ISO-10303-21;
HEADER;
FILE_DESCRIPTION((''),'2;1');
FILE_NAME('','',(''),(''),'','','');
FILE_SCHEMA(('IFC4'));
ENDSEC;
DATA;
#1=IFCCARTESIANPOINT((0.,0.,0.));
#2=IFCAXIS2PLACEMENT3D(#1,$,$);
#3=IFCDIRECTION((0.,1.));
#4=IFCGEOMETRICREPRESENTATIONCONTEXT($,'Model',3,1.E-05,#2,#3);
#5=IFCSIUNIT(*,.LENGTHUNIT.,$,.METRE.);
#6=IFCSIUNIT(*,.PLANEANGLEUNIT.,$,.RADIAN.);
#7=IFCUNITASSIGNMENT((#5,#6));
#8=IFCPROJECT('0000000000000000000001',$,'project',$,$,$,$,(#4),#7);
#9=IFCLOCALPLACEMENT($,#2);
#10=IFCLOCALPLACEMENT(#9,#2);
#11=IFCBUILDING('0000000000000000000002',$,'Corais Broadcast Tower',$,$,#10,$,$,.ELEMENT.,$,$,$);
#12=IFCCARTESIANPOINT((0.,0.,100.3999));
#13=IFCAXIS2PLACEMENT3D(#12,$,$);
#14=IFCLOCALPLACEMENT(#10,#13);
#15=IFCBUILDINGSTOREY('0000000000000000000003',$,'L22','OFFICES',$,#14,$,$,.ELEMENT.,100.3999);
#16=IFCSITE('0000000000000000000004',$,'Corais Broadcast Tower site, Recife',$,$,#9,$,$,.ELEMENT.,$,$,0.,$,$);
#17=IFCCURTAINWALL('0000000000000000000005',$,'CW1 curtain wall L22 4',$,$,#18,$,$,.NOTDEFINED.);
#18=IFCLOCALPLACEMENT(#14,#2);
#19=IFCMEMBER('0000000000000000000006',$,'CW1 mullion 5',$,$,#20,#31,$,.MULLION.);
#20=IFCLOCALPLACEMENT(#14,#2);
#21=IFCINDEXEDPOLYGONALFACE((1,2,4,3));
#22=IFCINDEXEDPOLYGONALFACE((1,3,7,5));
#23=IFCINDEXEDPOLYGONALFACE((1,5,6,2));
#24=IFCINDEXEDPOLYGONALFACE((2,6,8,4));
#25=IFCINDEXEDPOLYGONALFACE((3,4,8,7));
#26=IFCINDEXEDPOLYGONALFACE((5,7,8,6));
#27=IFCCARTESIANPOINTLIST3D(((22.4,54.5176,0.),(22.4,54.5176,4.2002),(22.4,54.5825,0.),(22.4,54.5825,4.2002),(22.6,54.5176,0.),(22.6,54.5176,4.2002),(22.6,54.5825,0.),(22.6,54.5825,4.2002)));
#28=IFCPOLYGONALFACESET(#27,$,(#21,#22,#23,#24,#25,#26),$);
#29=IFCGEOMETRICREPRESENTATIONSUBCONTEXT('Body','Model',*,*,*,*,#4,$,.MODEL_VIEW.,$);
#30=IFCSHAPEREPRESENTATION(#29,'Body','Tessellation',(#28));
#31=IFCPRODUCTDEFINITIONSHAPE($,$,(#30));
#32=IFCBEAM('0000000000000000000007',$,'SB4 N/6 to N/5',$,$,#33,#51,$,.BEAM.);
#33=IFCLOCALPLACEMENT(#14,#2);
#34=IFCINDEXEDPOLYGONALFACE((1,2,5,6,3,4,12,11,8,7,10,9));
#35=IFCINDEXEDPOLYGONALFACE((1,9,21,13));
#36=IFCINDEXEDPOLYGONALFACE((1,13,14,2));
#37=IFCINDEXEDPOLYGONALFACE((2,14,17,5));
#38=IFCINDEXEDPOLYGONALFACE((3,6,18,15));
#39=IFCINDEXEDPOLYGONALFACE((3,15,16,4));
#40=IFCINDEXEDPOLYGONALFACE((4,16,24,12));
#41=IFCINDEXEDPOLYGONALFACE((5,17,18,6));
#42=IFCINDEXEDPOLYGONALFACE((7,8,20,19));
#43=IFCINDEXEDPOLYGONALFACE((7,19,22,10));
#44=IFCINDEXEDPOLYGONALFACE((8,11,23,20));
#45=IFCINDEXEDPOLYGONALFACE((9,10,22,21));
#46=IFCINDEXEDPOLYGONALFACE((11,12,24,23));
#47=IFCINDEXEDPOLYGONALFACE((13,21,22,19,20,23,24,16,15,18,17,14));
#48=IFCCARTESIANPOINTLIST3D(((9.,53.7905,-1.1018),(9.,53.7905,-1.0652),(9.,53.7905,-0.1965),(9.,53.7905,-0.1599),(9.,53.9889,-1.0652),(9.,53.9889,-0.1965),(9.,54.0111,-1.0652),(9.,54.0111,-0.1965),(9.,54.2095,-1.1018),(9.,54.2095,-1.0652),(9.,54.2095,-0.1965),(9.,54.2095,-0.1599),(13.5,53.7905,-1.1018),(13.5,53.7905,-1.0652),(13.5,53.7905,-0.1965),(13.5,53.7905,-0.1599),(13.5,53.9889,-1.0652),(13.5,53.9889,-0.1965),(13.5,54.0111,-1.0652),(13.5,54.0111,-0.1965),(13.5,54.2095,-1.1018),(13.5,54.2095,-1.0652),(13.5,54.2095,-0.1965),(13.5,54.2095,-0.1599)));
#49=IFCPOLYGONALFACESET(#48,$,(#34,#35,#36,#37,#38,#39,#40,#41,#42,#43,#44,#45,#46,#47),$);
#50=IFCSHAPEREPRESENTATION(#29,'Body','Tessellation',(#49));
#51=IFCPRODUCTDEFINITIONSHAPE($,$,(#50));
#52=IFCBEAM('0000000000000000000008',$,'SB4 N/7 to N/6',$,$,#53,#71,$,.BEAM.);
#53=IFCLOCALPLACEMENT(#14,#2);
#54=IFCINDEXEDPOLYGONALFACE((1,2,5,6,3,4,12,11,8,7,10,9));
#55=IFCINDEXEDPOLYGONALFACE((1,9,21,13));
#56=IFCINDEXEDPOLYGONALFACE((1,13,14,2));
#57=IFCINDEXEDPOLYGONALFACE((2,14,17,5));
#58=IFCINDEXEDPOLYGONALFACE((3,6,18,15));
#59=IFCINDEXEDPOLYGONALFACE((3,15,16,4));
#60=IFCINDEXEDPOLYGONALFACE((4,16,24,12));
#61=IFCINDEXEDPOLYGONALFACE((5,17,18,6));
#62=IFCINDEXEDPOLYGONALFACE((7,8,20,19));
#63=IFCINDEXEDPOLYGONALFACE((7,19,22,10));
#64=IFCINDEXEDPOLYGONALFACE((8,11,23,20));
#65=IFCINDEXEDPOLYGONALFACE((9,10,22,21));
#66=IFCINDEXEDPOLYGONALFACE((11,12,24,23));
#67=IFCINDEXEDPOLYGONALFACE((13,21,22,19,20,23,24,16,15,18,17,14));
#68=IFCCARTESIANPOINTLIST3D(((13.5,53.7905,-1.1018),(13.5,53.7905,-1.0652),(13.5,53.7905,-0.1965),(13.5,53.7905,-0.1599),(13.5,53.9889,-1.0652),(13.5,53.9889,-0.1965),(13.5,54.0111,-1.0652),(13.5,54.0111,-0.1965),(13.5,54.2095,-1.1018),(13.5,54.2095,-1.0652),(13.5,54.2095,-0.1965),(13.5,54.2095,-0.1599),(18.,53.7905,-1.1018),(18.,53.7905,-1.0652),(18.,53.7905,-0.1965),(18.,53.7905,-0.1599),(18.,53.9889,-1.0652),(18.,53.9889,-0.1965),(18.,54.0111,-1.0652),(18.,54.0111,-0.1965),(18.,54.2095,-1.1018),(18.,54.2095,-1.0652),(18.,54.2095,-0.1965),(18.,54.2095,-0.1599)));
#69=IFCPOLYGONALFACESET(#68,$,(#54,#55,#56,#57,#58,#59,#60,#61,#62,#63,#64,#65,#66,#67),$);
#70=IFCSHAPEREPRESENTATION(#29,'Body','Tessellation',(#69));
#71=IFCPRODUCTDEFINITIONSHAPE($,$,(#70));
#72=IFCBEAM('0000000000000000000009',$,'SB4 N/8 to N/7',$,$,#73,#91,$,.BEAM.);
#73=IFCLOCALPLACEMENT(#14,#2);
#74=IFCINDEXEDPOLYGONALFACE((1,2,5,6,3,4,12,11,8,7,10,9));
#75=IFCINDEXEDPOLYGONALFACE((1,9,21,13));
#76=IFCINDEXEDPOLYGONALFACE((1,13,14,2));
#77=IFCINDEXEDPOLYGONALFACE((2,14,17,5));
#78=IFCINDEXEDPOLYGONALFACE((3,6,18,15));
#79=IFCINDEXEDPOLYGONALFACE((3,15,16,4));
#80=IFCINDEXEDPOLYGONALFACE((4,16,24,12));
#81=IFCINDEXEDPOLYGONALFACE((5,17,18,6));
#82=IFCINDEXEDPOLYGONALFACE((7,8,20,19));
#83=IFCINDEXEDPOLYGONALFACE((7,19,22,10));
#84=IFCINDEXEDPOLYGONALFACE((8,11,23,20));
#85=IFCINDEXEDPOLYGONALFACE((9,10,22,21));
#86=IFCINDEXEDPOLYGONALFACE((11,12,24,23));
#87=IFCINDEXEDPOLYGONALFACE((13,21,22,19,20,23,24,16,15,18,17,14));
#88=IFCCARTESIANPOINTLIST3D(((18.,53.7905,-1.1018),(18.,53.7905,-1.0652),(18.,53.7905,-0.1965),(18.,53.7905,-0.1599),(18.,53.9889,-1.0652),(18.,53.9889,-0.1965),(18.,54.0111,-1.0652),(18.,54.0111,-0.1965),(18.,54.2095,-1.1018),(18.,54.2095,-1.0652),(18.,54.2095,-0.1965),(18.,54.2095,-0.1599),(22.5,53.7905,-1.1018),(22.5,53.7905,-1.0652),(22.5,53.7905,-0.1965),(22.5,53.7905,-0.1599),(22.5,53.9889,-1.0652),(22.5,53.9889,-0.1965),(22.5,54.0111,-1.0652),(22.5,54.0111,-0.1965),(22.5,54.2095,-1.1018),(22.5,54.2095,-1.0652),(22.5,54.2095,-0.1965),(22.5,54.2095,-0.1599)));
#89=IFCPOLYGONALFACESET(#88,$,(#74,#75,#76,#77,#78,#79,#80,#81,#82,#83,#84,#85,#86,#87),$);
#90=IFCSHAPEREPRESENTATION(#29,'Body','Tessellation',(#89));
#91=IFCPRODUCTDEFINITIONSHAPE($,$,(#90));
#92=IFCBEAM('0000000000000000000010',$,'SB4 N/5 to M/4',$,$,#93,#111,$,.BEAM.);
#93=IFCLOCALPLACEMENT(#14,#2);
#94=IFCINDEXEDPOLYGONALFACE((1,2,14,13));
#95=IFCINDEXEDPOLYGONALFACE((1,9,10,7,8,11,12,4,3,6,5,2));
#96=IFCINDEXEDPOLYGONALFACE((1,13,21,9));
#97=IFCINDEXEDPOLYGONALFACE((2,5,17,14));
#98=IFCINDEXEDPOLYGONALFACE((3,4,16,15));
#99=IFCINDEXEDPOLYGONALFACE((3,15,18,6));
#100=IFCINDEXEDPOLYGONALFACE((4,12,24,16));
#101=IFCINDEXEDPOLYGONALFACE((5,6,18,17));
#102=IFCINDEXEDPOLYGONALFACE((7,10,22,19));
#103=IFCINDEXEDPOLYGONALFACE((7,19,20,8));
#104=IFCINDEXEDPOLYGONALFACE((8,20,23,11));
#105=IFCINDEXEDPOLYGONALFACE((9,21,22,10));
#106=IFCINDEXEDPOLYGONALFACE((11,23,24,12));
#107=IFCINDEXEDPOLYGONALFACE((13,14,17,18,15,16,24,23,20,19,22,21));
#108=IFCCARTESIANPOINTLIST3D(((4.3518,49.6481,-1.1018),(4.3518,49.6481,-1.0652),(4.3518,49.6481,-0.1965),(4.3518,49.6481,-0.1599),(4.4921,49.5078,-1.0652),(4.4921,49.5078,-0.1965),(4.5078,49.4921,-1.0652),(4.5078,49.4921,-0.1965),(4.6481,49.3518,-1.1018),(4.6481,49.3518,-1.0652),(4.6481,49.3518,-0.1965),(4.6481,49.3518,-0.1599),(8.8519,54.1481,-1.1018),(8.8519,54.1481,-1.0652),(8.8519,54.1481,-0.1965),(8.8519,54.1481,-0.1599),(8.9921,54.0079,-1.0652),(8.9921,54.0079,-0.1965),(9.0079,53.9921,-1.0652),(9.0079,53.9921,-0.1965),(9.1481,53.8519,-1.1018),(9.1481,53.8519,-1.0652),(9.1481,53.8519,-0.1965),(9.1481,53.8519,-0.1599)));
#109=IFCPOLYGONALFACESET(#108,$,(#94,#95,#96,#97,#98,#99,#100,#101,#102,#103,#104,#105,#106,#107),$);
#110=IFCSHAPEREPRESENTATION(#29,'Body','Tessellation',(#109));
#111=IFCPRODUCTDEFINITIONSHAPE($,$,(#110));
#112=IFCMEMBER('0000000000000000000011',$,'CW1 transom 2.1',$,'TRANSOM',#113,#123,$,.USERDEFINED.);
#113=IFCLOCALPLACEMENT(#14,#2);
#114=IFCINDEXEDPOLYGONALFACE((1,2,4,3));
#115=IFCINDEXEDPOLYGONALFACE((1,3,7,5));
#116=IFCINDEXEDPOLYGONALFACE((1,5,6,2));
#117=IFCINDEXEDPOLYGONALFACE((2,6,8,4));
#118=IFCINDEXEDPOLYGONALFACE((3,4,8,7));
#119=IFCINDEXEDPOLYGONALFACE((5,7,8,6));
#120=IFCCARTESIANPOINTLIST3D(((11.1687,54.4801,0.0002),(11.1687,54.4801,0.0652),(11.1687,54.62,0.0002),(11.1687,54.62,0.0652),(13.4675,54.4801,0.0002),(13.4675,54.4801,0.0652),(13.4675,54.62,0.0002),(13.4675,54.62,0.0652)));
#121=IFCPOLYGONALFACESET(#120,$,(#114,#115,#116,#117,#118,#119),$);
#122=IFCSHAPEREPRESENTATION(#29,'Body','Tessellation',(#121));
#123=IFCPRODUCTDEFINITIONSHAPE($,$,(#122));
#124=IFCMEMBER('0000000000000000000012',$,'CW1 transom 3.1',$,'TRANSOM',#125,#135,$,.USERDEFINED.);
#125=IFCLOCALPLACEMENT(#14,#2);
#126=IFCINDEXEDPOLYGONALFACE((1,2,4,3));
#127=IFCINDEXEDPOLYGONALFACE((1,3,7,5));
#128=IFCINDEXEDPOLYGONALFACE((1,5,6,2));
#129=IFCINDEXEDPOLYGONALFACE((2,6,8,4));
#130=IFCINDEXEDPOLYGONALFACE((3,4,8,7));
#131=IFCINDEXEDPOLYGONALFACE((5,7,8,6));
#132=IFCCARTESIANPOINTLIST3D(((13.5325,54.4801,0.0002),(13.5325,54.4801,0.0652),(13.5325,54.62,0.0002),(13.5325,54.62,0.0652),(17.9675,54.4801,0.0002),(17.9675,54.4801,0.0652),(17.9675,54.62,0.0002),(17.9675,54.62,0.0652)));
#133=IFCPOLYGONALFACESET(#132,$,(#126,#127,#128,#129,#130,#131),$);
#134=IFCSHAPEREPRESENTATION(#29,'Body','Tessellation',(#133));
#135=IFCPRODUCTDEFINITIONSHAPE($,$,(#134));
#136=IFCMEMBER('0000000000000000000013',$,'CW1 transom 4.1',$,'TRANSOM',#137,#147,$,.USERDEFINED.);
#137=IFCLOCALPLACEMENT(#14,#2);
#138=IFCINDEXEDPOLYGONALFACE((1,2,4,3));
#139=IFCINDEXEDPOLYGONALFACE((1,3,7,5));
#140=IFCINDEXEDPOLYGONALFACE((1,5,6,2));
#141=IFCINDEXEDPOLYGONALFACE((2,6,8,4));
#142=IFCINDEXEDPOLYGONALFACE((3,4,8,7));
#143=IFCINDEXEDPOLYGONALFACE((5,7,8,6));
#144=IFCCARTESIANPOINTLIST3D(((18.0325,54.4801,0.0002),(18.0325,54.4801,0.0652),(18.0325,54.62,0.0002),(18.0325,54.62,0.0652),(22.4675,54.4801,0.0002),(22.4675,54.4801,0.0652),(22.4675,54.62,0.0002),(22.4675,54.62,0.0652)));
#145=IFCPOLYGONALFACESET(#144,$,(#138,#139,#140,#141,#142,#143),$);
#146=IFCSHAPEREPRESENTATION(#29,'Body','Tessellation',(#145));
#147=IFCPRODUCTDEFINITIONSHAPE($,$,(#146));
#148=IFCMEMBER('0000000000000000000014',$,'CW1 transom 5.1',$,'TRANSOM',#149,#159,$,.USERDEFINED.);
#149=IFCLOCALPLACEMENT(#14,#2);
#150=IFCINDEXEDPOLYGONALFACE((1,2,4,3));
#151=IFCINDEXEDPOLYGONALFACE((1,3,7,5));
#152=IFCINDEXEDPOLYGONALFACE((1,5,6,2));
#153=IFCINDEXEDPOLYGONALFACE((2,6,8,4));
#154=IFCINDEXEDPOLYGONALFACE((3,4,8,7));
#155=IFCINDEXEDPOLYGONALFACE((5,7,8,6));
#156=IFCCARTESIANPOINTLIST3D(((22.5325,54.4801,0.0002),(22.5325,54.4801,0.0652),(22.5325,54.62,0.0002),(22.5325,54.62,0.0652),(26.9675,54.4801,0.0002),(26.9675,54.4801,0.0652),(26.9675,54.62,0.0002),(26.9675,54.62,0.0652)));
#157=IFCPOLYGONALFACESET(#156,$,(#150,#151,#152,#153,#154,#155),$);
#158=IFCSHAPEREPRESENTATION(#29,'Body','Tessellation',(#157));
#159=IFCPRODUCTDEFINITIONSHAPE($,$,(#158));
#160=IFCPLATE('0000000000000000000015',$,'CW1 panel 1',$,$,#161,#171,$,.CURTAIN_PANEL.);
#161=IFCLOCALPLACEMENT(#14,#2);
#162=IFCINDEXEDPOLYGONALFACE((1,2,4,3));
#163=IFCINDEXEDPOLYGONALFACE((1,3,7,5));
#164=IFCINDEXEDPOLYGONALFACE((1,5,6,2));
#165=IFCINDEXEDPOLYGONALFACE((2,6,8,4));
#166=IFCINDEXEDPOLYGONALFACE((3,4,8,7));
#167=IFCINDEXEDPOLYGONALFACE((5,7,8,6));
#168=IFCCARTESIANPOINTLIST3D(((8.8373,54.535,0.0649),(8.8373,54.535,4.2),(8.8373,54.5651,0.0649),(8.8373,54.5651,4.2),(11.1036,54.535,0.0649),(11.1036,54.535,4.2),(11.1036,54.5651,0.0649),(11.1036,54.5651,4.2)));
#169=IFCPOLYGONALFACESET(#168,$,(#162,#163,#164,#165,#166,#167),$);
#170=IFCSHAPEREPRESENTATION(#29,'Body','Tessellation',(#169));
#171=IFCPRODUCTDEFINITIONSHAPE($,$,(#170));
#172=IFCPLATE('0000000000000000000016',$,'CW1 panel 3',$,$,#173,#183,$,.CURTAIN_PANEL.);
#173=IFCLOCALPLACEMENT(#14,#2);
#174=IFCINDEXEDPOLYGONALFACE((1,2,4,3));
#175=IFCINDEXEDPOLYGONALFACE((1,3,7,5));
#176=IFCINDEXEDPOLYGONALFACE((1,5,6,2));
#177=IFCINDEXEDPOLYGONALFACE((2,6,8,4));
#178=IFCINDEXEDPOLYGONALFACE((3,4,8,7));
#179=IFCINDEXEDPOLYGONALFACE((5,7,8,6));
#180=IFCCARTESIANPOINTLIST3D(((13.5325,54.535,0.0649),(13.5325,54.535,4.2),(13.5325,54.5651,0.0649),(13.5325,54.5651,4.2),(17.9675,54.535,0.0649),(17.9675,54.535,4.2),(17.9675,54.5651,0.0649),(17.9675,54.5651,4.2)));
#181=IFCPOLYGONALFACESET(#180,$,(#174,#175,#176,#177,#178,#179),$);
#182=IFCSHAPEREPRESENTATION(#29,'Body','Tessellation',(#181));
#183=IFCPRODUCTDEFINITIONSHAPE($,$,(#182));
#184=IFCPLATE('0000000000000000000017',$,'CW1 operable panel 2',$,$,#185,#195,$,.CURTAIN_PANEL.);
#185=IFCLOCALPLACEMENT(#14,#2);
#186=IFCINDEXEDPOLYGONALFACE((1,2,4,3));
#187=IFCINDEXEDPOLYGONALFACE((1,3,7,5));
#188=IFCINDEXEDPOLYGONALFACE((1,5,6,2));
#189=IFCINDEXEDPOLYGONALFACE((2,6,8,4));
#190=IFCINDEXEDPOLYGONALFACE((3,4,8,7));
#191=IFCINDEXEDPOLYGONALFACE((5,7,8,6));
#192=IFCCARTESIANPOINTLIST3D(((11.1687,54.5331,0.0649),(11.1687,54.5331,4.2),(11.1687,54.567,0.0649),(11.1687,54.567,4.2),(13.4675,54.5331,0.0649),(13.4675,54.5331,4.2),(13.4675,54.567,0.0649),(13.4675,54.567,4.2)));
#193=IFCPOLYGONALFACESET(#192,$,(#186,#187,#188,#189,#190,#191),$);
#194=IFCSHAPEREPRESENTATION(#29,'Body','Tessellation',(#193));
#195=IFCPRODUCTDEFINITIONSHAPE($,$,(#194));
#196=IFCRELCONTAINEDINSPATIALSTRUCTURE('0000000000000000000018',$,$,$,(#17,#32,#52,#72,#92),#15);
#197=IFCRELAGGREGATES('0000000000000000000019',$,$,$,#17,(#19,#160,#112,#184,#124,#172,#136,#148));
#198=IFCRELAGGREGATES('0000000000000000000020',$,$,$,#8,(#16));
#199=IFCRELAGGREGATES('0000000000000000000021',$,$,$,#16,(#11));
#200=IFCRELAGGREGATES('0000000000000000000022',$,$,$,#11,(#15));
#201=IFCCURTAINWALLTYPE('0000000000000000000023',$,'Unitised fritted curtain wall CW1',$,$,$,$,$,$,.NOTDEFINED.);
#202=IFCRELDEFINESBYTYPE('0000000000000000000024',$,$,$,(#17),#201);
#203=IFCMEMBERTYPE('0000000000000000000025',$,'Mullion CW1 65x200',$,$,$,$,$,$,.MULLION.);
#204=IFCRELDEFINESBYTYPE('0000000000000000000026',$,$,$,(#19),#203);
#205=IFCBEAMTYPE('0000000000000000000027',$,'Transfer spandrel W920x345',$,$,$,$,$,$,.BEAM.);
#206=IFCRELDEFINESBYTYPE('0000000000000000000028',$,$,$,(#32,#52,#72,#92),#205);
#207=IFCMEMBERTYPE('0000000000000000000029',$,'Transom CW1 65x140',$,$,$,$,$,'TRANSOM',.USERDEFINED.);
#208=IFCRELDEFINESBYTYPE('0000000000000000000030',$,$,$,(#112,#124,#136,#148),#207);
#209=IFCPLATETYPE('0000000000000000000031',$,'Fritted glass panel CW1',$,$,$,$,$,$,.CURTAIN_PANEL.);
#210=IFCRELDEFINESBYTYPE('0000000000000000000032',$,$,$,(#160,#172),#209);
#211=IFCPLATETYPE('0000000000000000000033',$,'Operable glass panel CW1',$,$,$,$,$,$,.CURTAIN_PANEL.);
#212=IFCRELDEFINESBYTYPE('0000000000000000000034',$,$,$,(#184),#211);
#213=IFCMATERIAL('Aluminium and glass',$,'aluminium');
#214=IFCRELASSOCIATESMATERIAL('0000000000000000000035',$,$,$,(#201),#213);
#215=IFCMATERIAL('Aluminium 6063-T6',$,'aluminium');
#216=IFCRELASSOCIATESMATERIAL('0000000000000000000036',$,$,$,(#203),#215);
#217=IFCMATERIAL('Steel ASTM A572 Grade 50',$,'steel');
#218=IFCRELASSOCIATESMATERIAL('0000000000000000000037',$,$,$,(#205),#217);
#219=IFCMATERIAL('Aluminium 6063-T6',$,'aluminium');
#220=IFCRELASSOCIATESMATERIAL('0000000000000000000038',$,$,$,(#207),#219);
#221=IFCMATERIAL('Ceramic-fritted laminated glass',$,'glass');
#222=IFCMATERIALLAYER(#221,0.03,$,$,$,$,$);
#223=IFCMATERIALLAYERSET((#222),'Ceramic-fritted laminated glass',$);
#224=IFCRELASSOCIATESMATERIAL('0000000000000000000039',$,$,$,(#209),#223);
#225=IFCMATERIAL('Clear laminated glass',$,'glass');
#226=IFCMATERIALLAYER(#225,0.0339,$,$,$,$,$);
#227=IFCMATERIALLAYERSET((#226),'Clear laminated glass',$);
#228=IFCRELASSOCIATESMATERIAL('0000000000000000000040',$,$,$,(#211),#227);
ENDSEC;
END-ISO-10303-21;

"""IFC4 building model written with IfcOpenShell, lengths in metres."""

from ifc_helpers import new_model, si_unit, direction, frame, origin, origin_2d, place, context, subcontext, project, spatial, rectangle, i_section, extrude, material, layer, layer_set, material_profile, profile_set, type_object, element, aggregate, save


model = new_model("IFC4")

# Units and contexts
model_context = context("Model", 3, precision=1e-05, world=origin(), true_north=direction((0.0, 1.0)))
body_context = subcontext(model_context, "Body", "Model", "MODEL_VIEW")
ifc_project = project(units=[si_unit("LENGTHUNIT", "METRE"), si_unit("PLANEANGLEUNIT", "RADIAN")], contexts=[model_context])

# Site, building, storey
site_placement = place(None, origin())
site = spatial("IfcSite", under=ifc_project, at=site_placement, Name="Corais Broadcast Tower site, Recife", CompositionType="ELEMENT", RefElevation=0.0)
building_placement = place(site_placement, origin())
building = spatial("IfcBuilding", under=site, at=building_placement, Name="Corais Broadcast Tower", CompositionType="ELEMENT")
storey_placement = place(building_placement, frame((0.0, 0.0, 100.3999)))
storey = spatial("IfcBuildingStorey", under=building, at=storey_placement, Name="L22", Description="OFFICES", CompositionType="ELEMENT", Elevation=100.3999)

# Curtain wall, member
ifc_material_1 = material(Name="Aluminium and glass", Category="aluminium")
curtain_wall_type = type_object("IfcCurtainWallType", Name="Unitised fritted curtain wall CW1", PredefinedType="NOTDEFINED", material=ifc_material_1)
curtain_wall_placement = place(storey_placement, origin())
curtain_wall = element("IfcCurtainWall", 1, at=curtain_wall_placement, inside=storey, type_object=curtain_wall_type, Name="CW1 curtain wall L22 4", PredefinedType="NOTDEFINED")
ifc_material_2 = material(Name="Aluminium 6063-T6", Category="aluminium")
ifc_material_profile_1 = material_profile(ifc_material_2, rectangle(XDim=0.0649, YDim=0.2, at=origin_2d()), Name="Mullion CW1 65x200")
ifc_profile_set_1 = profile_set([ifc_material_profile_1], Name="Aluminium 6063-T6")
member_type_1 = type_object("IfcMemberType", Name="Mullion CW1 65x200", PredefinedType="MULLION", material=ifc_profile_set_1)
member_1_placement = place(storey_placement, frame((22.5, 54.55, 0.0), z_axis=(0.0, 0.0, 1.0), x_axis=(0.0, 1.0, 0.0)))
member_1 = element("IfcMember", 2, at=member_1_placement, type_object=member_type_1, Name="CW1 mullion 5", PredefinedType="MULLION", context=body_context, shape_type="SweptSolid", body=[
    extrude(rectangle(XDim=0.0649, YDim=0.2, at=origin_2d()), origin(), (0.0, 0.0, 1.0), 4.2002),
])

# Beams
ifc_material_3 = material(Name="Steel ASTM A572 Grade 50", Category="steel")
ifc_material_profile_2 = material_profile(ifc_material_3, i_section(OverallWidth=0.4189, OverallDepth=0.9419, WebThickness=0.0222, FlangeThickness=0.0366, at=origin_2d()), Name="W920x345")
ifc_profile_set_2 = profile_set([ifc_material_profile_2], Name="Steel ASTM A572 Grade 50")
beam_type_1 = type_object("IfcBeamType", Name="Transfer spandrel W920x345", PredefinedType="BEAM", material=ifc_profile_set_2)
for number, where, z_axis, x_axis, name in (
    (3, (13.5, 54.0, -0.6309), (-1.0, 0.0, 0.0), (0.0, -1.0, 0.0), "SB4 N/6 to N/5"),
    (4, (18.0, 54.0, -0.6309), (-1.0, 0.0, 0.0), (0.0, -1.0, 0.0), "SB4 N/7 to N/6"),
    (5, (22.5, 54.0, -0.6309), (-1.0, 0.0, 0.0), (0.0, -1.0, 0.0), "SB4 N/8 to N/7"),
):
    element("IfcBeam", number, at=place(storey_placement, frame(where, z_axis=z_axis, x_axis=x_axis)), inside=storey, type_object=beam_type_1, Name=name, PredefinedType="BEAM", context=body_context, shape_type="SweptSolid", body=[
        extrude(i_section(OverallWidth=0.4189, OverallDepth=0.9419, WebThickness=0.0222, FlangeThickness=0.0366, at=origin_2d()), origin(), (0.0, 0.0, 1.0), 4.5),
    ])
beam_1_placement = place(storey_placement, frame((9.0, 54.0, -0.6309), z_axis=(-0.707107, -0.707107, 0.0), x_axis=(0.707107, -0.707107, 0.0)))
element("IfcBeam", 6, at=beam_1_placement, inside=storey, type_object=beam_type_1, Name="SB4 N/5 to M/4", PredefinedType="BEAM", context=body_context, shape_type="SweptSolid", body=[
    extrude(i_section(OverallWidth=0.4189, OverallDepth=0.9419, WebThickness=0.0222, FlangeThickness=0.0366, at=origin_2d()), origin(), (0.0, 0.0, 1.0), 6.364),
])

# Members
ifc_material_4 = material(Name="Aluminium 6063-T6", Category="aluminium")
ifc_material_profile_3 = material_profile(ifc_material_4, rectangle(XDim=0.1399, YDim=0.0649, at=origin_2d()), Name="Transom CW1 65x140")
ifc_profile_set_3 = profile_set([ifc_material_profile_3], Name="Aluminium 6063-T6")
member_type_2 = type_object("IfcMemberType", Name="Transom CW1 65x140", ElementType="TRANSOM", PredefinedType="USERDEFINED", material=ifc_profile_set_3)
member_2_placement = place(storey_placement, frame((11.1687, 54.55, 0.0327), z_axis=(1.0, 0.0, 0.0), x_axis=(0.0, 1.0, 0.0)))
member_2 = element("IfcMember", 7, at=member_2_placement, type_object=member_type_2, Name="CW1 transom 2.1", ObjectType="TRANSOM", PredefinedType="USERDEFINED", context=body_context, shape_type="SweptSolid", body=[
    extrude(rectangle(XDim=0.1399, YDim=0.0649, at=origin_2d()), origin(), (0.0, 0.0, 1.0), 2.2988),
])
member_3_placement = place(storey_placement, frame((13.5325, 54.55, 0.0327), z_axis=(1.0, 0.0, 0.0), x_axis=(0.0, 1.0, 0.0)))
member_3 = element("IfcMember", 8, at=member_3_placement, type_object=member_type_2, Name="CW1 transom 3.1", ObjectType="TRANSOM", PredefinedType="USERDEFINED", context=body_context, shape_type="SweptSolid", body=[
    extrude(rectangle(XDim=0.1399, YDim=0.0649, at=origin_2d()), origin(), (0.0, 0.0, 1.0), 4.4351),
])
member_4_placement = place(storey_placement, frame((18.0325, 54.55, 0.0327), z_axis=(1.0, 0.0, 0.0), x_axis=(0.0, 1.0, 0.0)))
member_4 = element("IfcMember", 9, at=member_4_placement, type_object=member_type_2, Name="CW1 transom 4.1", ObjectType="TRANSOM", PredefinedType="USERDEFINED", context=body_context, shape_type="SweptSolid", body=[
    extrude(rectangle(XDim=0.1399, YDim=0.0649, at=origin_2d()), origin(), (0.0, 0.0, 1.0), 4.4351),
])
member_5_placement = place(storey_placement, frame((22.5325, 54.55, 0.0327), z_axis=(1.0, 0.0, 0.0), x_axis=(0.0, 1.0, 0.0)))
member_5 = element("IfcMember", 10, at=member_5_placement, type_object=member_type_2, Name="CW1 transom 5.1", ObjectType="TRANSOM", PredefinedType="USERDEFINED", context=body_context, shape_type="SweptSolid", body=[
    extrude(rectangle(XDim=0.1399, YDim=0.0649, at=origin_2d()), origin(), (0.0, 0.0, 1.0), 4.4351),
])

# Plates
ifc_material_5 = material(Name="Ceramic-fritted laminated glass", Category="glass")
ifc_layer_1 = layer(ifc_material_5, 0.03)
ifc_layer_set_1 = layer_set([ifc_layer_1], Name="Ceramic-fritted laminated glass")
plate_type_1 = type_object("IfcPlateType", Name="Fritted glass panel CW1", PredefinedType="CURTAIN_PANEL", material=ifc_layer_set_1)
plate_1_placement = place(storey_placement, frame((9.9705, 54.55, 0.0649), z_axis=(0.0, 0.0, 1.0), x_axis=(1.0, 0.0, 0.0)))
plate_1 = element("IfcPlate", 11, at=plate_1_placement, type_object=plate_type_1, Name="CW1 panel 1", PredefinedType="CURTAIN_PANEL", context=body_context, shape_type="SweptSolid", body=[
    extrude(rectangle(XDim=2.2664, YDim=0.03, at=origin_2d()), origin(), (0.0, 0.0, 1.0), 4.135),
])
plate_2_placement = place(storey_placement, frame((15.75, 54.55, 0.0649), z_axis=(0.0, 0.0, 1.0), x_axis=(1.0, 0.0, 0.0)))
plate_2 = element("IfcPlate", 12, at=plate_2_placement, type_object=plate_type_1, Name="CW1 panel 3", PredefinedType="CURTAIN_PANEL", context=body_context, shape_type="SweptSolid", body=[
    extrude(rectangle(XDim=4.4351, YDim=0.03, at=origin_2d()), origin(), (0.0, 0.0, 1.0), 4.135),
])
ifc_material_6 = material(Name="Clear laminated glass", Category="glass")
ifc_layer_2 = layer(ifc_material_6, 0.0339)
ifc_layer_set_2 = layer_set([ifc_layer_2], Name="Clear laminated glass")
plate_type_2 = type_object("IfcPlateType", Name="Operable glass panel CW1", PredefinedType="CURTAIN_PANEL", material=ifc_layer_set_2)
plate_3_placement = place(storey_placement, frame((12.3181, 54.55, 0.0649), z_axis=(0.0, 0.0, 1.0), x_axis=(1.0, 0.0, 0.0)))
plate_3 = element("IfcPlate", 13, at=plate_3_placement, type_object=plate_type_2, Name="CW1 operable panel 2", PredefinedType="CURTAIN_PANEL", context=body_context, shape_type="SweptSolid", body=[
    extrude(rectangle(XDim=2.2988, YDim=0.0339, at=origin_2d()), origin(), (0.0, 0.0, 1.0), 4.135),
])
aggregate(curtain_wall, [member_1, plate_1, member_2, plate_3, member_3, plate_2, member_4, member_5])

save(model, "model.ifc")
